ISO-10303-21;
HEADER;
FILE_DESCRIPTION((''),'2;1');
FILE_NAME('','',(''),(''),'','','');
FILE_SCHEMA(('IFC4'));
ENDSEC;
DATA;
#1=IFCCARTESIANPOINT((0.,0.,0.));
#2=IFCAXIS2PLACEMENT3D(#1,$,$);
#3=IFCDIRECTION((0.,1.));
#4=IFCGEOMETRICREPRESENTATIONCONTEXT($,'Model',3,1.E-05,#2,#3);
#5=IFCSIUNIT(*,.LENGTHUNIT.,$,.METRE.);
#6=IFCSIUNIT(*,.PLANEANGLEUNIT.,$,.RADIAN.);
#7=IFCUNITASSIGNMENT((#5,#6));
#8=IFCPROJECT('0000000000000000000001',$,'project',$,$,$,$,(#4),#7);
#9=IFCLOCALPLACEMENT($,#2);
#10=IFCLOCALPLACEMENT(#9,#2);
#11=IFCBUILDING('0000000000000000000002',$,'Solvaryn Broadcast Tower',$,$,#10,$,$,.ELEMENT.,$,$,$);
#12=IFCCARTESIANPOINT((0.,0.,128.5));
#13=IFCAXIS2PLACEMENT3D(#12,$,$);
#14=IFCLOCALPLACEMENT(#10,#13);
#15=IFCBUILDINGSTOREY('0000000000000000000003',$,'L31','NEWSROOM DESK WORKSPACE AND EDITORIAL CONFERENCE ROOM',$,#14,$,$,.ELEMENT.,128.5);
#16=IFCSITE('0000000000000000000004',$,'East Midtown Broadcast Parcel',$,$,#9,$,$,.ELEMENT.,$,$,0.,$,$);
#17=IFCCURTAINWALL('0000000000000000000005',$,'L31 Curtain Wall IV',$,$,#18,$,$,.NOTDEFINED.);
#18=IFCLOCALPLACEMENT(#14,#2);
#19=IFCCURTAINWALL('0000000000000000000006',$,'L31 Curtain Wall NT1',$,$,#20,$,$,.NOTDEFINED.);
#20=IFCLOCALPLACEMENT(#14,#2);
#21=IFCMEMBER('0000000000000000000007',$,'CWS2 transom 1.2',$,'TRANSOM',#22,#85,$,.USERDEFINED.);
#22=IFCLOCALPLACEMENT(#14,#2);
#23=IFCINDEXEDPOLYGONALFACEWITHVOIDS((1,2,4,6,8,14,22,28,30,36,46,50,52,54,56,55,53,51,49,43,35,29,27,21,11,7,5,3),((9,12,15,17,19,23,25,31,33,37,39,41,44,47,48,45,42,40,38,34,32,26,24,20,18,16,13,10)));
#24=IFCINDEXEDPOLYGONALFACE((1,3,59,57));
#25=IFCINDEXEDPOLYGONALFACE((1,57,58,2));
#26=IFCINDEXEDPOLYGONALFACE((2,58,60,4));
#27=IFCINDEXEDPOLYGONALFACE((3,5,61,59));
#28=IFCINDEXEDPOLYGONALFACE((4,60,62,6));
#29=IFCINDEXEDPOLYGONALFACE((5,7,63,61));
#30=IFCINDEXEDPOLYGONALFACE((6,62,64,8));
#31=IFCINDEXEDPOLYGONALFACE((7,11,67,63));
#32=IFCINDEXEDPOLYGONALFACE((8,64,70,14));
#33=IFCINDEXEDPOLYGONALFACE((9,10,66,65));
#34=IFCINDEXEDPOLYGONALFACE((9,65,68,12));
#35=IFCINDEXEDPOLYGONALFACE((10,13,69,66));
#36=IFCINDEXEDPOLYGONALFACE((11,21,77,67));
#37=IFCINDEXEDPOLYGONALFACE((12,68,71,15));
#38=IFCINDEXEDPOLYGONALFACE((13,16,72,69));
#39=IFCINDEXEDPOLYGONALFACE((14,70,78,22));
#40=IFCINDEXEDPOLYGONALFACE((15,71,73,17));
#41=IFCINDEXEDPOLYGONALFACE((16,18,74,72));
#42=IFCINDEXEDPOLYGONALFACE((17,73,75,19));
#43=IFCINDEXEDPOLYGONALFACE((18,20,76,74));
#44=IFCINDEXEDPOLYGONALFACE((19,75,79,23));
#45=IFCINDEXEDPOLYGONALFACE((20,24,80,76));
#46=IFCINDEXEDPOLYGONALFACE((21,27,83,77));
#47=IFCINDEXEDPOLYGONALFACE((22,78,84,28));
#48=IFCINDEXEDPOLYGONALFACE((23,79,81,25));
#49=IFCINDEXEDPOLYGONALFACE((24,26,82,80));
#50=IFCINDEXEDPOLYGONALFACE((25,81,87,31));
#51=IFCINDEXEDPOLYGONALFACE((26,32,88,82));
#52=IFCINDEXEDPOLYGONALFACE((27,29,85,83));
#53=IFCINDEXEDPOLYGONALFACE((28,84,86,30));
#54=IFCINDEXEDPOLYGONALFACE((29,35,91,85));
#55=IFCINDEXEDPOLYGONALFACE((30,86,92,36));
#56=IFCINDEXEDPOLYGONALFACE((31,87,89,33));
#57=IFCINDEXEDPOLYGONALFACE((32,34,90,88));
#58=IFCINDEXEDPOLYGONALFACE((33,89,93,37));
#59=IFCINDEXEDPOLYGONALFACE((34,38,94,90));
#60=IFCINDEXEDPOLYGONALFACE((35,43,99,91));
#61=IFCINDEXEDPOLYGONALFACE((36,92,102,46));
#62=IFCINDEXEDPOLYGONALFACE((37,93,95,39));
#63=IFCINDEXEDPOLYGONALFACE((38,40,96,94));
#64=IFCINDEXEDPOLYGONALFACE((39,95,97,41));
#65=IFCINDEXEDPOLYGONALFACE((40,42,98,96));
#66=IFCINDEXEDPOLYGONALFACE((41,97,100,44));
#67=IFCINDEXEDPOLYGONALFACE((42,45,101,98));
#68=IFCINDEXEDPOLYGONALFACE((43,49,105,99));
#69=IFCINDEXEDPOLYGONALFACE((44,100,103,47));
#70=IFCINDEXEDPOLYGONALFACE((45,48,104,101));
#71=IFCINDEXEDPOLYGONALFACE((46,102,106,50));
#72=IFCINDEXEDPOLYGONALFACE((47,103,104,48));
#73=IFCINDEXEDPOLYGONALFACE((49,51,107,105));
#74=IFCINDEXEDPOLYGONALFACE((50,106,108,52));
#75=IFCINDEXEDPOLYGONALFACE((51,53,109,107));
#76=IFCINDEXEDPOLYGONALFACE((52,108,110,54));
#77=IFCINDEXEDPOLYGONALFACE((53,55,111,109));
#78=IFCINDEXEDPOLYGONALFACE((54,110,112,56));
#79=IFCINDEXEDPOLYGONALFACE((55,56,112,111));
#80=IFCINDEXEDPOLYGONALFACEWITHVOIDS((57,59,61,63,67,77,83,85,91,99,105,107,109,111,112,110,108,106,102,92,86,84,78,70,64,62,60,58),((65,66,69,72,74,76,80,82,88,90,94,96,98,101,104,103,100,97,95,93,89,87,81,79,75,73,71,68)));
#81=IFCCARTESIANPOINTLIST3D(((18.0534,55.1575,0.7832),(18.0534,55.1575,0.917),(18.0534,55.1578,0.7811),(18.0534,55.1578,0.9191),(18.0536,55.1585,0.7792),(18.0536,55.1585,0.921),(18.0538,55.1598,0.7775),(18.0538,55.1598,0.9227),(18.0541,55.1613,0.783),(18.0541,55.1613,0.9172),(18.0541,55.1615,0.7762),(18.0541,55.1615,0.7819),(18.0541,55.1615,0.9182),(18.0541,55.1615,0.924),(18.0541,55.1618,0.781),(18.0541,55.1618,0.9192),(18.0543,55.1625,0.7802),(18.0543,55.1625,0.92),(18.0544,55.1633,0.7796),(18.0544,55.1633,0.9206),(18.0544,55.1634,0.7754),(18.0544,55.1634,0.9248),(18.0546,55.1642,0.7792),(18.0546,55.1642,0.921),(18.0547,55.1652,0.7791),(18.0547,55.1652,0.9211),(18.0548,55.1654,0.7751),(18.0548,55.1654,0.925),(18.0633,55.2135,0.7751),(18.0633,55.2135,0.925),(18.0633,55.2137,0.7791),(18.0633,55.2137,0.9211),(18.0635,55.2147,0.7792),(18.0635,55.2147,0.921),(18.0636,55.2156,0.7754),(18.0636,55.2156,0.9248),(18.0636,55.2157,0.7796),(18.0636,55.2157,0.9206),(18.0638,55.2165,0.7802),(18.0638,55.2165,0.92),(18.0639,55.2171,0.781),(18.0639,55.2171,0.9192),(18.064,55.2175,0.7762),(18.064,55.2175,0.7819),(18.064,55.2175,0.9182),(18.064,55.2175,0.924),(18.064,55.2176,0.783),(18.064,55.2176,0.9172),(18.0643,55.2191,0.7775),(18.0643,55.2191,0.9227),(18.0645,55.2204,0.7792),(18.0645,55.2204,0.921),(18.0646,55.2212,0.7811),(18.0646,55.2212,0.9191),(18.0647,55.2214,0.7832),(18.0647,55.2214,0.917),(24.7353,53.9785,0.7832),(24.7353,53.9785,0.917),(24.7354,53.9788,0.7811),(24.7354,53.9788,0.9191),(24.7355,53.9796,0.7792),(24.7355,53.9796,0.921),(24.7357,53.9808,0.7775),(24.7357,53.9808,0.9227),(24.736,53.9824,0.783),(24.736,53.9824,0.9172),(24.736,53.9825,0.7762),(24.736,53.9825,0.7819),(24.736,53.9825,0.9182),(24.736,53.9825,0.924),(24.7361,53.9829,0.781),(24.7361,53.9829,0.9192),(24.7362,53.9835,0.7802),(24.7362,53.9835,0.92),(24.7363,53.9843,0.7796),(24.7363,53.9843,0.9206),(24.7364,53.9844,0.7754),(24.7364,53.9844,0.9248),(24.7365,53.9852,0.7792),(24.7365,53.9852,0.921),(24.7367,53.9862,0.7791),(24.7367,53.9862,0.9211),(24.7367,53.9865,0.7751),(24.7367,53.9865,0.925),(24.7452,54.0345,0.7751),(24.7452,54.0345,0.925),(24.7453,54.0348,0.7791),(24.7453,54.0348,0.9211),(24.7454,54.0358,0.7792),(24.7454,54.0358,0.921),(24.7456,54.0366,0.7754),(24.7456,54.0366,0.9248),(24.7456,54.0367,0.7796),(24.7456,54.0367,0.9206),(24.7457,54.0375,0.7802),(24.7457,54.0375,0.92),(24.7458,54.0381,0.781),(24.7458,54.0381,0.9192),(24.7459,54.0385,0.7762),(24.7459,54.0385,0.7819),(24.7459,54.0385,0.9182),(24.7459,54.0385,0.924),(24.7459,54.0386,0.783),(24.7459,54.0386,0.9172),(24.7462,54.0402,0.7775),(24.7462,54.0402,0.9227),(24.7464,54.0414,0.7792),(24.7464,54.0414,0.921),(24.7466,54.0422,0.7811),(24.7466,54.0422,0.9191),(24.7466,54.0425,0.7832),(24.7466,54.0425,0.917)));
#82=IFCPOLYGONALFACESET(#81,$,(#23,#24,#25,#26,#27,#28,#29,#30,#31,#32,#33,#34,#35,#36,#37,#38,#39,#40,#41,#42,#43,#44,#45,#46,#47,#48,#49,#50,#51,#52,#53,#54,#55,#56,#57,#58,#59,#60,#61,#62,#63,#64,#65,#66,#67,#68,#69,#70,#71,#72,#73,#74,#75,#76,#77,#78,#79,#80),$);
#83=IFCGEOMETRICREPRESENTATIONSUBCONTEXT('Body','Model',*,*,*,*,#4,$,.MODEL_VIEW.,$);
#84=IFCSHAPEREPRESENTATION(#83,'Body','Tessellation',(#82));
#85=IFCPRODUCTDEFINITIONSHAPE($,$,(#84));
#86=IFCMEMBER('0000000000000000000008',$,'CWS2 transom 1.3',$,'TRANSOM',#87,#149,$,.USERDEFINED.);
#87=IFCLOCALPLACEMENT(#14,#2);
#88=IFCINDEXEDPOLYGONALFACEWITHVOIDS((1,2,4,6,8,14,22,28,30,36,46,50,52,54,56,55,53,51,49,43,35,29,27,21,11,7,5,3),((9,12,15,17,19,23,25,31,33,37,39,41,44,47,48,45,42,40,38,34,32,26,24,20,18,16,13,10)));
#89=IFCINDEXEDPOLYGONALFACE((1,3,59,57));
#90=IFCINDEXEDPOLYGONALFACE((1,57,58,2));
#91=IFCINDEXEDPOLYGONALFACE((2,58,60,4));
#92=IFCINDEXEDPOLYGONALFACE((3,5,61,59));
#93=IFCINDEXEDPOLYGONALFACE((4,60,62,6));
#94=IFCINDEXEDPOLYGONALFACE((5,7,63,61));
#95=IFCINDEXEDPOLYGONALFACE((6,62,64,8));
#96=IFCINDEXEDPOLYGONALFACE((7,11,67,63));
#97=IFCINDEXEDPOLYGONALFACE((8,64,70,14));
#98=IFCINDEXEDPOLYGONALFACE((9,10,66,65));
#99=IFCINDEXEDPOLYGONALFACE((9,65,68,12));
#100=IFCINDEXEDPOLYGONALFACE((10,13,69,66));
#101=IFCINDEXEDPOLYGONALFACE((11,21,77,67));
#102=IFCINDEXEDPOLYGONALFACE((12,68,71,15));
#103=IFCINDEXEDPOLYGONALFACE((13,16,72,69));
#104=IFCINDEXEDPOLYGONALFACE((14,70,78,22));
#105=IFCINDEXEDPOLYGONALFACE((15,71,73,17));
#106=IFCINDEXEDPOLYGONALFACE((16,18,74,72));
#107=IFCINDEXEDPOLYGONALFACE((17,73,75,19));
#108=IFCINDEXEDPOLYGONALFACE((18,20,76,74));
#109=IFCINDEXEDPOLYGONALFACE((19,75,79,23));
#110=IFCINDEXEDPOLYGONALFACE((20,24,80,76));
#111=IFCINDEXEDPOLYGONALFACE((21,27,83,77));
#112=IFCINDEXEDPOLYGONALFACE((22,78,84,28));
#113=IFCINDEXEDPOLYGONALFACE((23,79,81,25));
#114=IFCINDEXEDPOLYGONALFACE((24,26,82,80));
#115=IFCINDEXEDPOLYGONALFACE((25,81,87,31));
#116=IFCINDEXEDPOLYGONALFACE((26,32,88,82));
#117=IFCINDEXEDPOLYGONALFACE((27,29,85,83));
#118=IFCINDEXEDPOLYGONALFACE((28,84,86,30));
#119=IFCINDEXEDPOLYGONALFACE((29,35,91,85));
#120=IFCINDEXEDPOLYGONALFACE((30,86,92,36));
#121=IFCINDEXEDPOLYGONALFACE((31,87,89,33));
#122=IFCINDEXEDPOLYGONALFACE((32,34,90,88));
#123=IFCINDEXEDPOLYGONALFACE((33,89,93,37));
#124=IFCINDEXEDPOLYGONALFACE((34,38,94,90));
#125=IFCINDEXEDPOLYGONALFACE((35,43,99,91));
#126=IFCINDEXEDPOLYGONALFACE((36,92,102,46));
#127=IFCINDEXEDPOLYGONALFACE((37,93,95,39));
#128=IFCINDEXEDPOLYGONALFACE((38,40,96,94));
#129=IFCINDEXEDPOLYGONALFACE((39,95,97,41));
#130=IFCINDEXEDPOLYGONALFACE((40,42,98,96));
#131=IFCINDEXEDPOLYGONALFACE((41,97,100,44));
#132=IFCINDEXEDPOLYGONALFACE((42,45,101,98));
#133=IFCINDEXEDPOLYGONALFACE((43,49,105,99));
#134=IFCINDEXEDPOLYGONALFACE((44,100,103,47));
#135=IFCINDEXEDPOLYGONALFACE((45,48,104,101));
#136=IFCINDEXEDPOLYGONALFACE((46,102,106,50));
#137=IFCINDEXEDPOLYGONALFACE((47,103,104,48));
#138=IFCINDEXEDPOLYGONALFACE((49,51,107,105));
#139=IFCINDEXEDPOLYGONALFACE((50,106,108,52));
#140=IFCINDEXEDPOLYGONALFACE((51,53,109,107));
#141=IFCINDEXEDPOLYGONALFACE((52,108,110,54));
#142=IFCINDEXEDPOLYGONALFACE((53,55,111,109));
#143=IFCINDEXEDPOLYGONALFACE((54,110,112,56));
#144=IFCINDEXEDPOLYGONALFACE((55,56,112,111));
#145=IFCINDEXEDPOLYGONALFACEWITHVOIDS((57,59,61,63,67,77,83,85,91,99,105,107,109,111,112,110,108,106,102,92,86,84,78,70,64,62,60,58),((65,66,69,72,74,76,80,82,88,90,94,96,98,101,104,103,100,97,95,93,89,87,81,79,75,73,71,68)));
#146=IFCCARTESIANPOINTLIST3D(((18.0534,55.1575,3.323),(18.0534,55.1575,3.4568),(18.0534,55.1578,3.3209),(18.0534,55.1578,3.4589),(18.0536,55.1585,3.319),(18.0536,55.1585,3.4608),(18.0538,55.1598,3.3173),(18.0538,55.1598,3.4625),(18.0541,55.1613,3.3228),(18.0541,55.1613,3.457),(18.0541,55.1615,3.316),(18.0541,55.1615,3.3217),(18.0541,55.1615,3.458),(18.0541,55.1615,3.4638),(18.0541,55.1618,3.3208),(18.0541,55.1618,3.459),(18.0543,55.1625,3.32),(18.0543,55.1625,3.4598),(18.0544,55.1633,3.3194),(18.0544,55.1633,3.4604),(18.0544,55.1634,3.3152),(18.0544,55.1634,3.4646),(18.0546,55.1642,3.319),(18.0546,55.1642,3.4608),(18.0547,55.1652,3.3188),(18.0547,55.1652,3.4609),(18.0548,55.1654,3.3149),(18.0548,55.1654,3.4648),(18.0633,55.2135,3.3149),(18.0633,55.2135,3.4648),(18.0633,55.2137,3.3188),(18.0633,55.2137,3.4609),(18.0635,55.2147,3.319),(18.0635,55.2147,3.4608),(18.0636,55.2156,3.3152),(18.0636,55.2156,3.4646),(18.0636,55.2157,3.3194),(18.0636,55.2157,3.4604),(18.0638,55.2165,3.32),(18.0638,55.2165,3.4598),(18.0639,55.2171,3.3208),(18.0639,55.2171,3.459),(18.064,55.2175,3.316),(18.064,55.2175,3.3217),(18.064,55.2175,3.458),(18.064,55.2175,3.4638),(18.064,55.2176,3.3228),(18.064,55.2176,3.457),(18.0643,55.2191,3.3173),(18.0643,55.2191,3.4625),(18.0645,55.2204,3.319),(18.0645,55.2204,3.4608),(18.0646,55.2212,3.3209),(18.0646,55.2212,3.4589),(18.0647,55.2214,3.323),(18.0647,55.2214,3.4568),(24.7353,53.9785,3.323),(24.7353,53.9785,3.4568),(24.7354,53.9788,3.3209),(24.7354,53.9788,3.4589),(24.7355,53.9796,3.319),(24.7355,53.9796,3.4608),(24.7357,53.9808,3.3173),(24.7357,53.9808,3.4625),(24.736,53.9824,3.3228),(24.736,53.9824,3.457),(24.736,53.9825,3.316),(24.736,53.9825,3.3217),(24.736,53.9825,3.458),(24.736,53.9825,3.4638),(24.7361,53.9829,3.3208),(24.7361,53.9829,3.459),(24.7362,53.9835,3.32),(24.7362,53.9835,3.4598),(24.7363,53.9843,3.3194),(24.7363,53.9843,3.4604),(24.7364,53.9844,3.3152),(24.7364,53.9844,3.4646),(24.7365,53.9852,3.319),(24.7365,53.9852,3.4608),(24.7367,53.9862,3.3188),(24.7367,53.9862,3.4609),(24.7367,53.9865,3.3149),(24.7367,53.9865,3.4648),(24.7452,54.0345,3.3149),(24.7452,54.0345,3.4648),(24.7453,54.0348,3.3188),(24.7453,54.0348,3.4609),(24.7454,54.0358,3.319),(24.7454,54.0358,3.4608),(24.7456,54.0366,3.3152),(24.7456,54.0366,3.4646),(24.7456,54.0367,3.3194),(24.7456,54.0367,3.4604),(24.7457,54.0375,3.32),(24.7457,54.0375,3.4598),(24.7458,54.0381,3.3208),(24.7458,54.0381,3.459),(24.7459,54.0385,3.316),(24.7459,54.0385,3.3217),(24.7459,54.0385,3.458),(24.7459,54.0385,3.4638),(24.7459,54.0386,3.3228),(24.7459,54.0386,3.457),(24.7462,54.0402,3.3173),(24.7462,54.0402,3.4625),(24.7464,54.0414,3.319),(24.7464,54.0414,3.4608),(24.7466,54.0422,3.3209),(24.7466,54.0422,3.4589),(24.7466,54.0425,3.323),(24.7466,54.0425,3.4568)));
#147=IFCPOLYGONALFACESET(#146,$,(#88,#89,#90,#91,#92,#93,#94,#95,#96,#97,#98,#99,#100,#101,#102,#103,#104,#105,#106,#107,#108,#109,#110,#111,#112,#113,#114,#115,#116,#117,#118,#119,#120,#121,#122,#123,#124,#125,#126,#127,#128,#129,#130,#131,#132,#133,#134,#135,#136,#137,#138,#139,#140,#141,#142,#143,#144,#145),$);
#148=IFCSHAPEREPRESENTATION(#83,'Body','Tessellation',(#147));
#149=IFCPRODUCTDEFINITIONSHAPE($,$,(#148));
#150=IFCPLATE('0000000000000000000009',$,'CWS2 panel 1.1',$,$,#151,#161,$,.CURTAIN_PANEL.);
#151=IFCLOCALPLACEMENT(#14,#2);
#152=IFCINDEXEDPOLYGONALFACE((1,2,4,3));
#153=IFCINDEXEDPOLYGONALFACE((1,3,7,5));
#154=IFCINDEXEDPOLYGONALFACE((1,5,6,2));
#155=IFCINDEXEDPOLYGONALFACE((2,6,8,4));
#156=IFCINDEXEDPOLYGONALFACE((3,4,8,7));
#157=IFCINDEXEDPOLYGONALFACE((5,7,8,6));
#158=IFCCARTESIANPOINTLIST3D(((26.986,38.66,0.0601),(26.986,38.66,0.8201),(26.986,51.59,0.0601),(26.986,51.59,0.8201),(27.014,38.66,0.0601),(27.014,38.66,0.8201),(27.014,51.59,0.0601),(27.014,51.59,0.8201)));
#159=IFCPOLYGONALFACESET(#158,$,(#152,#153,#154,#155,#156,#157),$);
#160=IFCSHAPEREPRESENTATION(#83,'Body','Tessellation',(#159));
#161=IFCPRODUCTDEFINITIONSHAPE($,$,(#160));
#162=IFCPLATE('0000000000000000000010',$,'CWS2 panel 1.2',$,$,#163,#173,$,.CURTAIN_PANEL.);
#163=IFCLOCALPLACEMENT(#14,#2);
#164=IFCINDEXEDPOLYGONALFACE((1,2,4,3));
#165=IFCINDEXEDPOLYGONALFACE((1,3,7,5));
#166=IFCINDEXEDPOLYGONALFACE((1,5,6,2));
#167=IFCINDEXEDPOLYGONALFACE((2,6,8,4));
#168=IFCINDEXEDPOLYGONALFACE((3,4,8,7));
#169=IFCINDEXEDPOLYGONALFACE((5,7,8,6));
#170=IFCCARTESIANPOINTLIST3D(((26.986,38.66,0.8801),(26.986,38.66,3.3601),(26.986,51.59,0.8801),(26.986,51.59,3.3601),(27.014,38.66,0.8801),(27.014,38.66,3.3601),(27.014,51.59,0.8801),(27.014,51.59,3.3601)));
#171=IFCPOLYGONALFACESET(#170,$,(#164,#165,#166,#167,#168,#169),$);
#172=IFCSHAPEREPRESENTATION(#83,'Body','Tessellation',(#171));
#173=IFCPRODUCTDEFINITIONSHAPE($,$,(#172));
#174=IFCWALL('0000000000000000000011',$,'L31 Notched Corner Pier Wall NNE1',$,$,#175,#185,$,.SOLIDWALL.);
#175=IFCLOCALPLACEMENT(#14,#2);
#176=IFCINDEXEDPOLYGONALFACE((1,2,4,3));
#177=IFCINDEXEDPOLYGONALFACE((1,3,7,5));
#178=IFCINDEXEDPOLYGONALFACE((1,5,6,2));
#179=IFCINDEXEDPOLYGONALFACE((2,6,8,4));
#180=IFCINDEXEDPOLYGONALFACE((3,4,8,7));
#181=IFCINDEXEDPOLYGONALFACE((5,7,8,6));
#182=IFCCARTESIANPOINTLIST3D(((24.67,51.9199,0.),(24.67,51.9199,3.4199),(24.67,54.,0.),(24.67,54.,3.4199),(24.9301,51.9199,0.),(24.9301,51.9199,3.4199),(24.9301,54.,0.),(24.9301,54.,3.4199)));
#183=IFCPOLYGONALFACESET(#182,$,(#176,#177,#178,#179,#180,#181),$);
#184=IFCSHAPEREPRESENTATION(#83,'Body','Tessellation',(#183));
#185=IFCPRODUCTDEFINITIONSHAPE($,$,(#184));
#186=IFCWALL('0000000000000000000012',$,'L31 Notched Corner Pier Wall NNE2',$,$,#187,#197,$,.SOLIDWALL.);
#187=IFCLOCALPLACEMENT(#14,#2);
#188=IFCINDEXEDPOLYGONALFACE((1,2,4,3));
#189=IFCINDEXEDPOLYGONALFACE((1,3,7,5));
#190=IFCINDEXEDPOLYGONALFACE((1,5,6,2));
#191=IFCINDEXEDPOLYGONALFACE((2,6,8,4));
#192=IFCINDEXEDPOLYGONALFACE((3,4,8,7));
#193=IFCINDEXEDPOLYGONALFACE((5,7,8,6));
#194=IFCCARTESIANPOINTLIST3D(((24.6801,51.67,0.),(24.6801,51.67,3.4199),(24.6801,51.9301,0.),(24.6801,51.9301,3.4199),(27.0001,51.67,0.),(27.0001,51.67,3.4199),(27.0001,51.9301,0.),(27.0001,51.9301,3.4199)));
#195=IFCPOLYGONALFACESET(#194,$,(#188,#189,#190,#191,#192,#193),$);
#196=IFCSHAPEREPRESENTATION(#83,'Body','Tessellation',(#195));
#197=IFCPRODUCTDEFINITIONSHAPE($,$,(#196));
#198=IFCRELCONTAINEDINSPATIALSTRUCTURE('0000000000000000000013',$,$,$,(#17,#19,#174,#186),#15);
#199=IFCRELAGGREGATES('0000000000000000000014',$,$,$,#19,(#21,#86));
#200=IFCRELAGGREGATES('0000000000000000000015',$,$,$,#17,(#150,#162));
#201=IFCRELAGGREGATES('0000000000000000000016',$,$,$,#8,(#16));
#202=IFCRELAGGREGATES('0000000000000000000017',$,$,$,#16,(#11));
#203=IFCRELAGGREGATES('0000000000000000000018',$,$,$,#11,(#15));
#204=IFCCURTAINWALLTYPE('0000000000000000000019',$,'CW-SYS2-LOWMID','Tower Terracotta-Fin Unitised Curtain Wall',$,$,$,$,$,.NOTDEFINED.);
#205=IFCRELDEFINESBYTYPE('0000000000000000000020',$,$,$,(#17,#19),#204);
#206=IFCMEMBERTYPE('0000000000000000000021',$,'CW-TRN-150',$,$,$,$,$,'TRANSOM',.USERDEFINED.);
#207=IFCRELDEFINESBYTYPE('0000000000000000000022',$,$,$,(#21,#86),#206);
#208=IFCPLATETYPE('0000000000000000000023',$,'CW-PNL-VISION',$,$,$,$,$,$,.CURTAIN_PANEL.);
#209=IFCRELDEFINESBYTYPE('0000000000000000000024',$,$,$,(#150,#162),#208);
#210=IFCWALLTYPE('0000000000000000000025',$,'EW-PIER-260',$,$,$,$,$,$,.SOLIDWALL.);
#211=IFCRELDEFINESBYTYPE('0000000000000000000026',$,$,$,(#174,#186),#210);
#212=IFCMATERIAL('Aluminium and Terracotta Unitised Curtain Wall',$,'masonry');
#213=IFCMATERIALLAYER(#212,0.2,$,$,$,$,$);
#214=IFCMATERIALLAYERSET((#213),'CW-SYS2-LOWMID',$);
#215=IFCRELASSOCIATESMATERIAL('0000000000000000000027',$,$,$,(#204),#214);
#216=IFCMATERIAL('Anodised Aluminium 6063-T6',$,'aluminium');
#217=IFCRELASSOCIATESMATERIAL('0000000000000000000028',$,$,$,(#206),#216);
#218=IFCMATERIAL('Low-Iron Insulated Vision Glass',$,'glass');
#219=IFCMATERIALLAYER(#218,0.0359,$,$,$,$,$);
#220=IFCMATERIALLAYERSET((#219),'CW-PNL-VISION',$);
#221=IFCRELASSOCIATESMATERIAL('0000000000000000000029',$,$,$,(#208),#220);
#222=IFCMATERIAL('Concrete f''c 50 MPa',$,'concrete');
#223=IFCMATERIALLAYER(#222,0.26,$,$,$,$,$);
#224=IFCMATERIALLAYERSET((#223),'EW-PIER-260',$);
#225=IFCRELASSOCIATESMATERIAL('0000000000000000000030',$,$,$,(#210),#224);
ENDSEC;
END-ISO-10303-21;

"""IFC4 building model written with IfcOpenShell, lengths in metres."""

from ifc_helpers import new_model, si_unit, direction, frame, frame_2d, origin, origin_2d, place, context, subcontext, project, spatial, rectangle, hollow_rectangle, extrude, material, layer, layer_set, material_profile, profile_set, type_object, element, aggregate, save


model = new_model("IFC4")

# Units and contexts
model_context = context("Model", 3, precision=1e-05, world=origin(), true_north=direction((0.0, 1.0)))
body_context = subcontext(model_context, "Body", "Model", "MODEL_VIEW")
ifc_project = project(units=[si_unit("LENGTHUNIT", "METRE"), si_unit("PLANEANGLEUNIT", "RADIAN")], contexts=[model_context])

# Site, building, storey
site_placement = place(None, origin())
site = spatial("IfcSite", under=ifc_project, at=site_placement, Name="East Midtown Broadcast Parcel", CompositionType="ELEMENT", RefElevation=0.0)
building_placement = place(site_placement, origin())
building = spatial("IfcBuilding", under=site, at=building_placement, Name="Solvaryn Broadcast Tower", CompositionType="ELEMENT")
storey_placement = place(building_placement, frame((0.0, 0.0, 128.5)))
storey = spatial("IfcBuildingStorey", under=building, at=storey_placement, Name="L31", Description="NEWSROOM DESK WORKSPACE AND EDITORIAL CONFERENCE ROOM", CompositionType="ELEMENT", Elevation=128.5)

# Curtain wall
ifc_material_1 = material(Name="Aluminium and Terracotta Unitised Curtain Wall", Category="masonry")
ifc_layer_1 = layer(ifc_material_1, 0.2)
ifc_layer_set_1 = layer_set([ifc_layer_1], Name="CW-SYS2-LOWMID")
curtain_wall_type = type_object("IfcCurtainWallType", Name="CW-SYS2-LOWMID", Description="Tower Terracotta-Fin Unitised Curtain Wall", PredefinedType="NOTDEFINED", material=ifc_layer_set_1)
curtain_wall_1_placement = place(storey_placement, origin())
curtain_wall_1 = element("IfcCurtainWall", 1, at=curtain_wall_1_placement, inside=storey, type_object=curtain_wall_type, Name="L31 Curtain Wall IV", PredefinedType="NOTDEFINED")

# Curtain wall
curtain_wall_2_placement = place(storey_placement, origin())
curtain_wall_2 = element("IfcCurtainWall", 2, at=curtain_wall_2_placement, inside=storey, type_object=curtain_wall_type, Name="L31 Curtain Wall NT1", PredefinedType="NOTDEFINED")

# Members
ifc_material_2 = material(Name="Anodised Aluminium 6063-T6", Category="aluminium")
ifc_material_profile_1 = material_profile(ifc_material_2, hollow_rectangle(XDim=0.0649, YDim=0.1499, WallThickness=0.0039, InnerFilletRadius=0.0039, OuterFilletRadius=0.0081, at=origin_2d()))
ifc_profile_set_1 = profile_set([ifc_material_profile_1], Name="Anodised Aluminium 6063-T6")
member_type_1 = type_object("IfcMemberType", Name="CW-TRN-150", ElementType="TRANSOM", PredefinedType="USERDEFINED", material=ifc_profile_set_1)
member_1_placement = place(storey_placement, frame((24.741, 54.0105, 0.8501), z_axis=(-0.984789, 0.173757, 0.0), x_axis=(-0.173757, -0.984789, 0.0)))
member_1 = element("IfcMember", 3, at=member_1_placement, type_object=member_type_1, Name="CWS2 transom 1.2", ObjectType="TRANSOM", PredefinedType="USERDEFINED", context=body_context, shape_type="SweptSolid", body=[
    extrude(hollow_rectangle(XDim=0.0649, YDim=0.1499, WallThickness=0.0039, InnerFilletRadius=0.0039, OuterFilletRadius=0.0081, at=origin_2d()), origin(), (0.0, 0.0, 1.0), 6.7852),
])
member_2_placement = place(storey_placement, frame((24.741, 54.0105, 3.3899), z_axis=(-0.984789, 0.173757, 0.0), x_axis=(-0.173757, -0.984789, 0.0)))
member_2 = element("IfcMember", 4, at=member_2_placement, type_object=member_type_1, Name="CWS2 transom 1.3", ObjectType="TRANSOM", PredefinedType="USERDEFINED", context=body_context, shape_type="SweptSolid", body=[
    extrude(hollow_rectangle(XDim=0.0649, YDim=0.1499, WallThickness=0.0039, InnerFilletRadius=0.0039, OuterFilletRadius=0.0081, at=origin_2d()), origin(), (0.0, 0.0, 1.0), 6.7852),
])
aggregate(curtain_wall_2, [member_1, member_2])

# Plates
ifc_material_3 = material(Name="Low-Iron Insulated Vision Glass", Category="glass")
ifc_layer_2 = layer(ifc_material_3, 0.0359)
ifc_layer_set_2 = layer_set([ifc_layer_2], Name="CW-PNL-VISION")
plate_type = type_object("IfcPlateType", Name="CW-PNL-VISION", PredefinedType="CURTAIN_PANEL", material=ifc_layer_set_2)
plate_1_placement = place(storey_placement, frame((27.0, 45.125, 0.0601), z_axis=(0.0, 0.0, 1.0), x_axis=(0.0, -1.0, 0.0)))
plate_1 = element("IfcPlate", 5, at=plate_1_placement, type_object=plate_type, Name="CWS2 panel 1.1", PredefinedType="CURTAIN_PANEL", context=body_context, shape_type="SweptSolid", body=[
    extrude(rectangle(XDim=12.9299, YDim=0.0281, at=origin_2d()), origin(), (0.0, 0.0, 1.0), 0.76),
])
plate_2_placement = place(storey_placement, frame((27.0, 45.125, 0.8801), z_axis=(0.0, 0.0, 1.0), x_axis=(0.0, -1.0, 0.0)))
plate_2 = element("IfcPlate", 6, at=plate_2_placement, type_object=plate_type, Name="CWS2 panel 1.2", PredefinedType="CURTAIN_PANEL", context=body_context, shape_type="SweptSolid", body=[
    extrude(rectangle(XDim=12.9299, YDim=0.0281, at=origin_2d()), origin(), (0.0, 0.0, 1.0), 2.48),
])
aggregate(curtain_wall_1, [plate_1, plate_2])

# Walls
ifc_material_4 = material(Name="Concrete f'c 50 MPa", Category="concrete")
ifc_layer_3 = layer(ifc_material_4, 0.26)
ifc_layer_set_3 = layer_set([ifc_layer_3], Name="EW-PIER-260")
wall_type_1 = type_object("IfcWallType", Name="EW-PIER-260", PredefinedType="SOLIDWALL", material=ifc_layer_set_3)
wall_1_placement = place(storey_placement, frame((24.8, 54.0, 0.0), z_axis=(0.0, 0.0, 1.0), x_axis=(0.0, -1.0, 0.0)))
element("IfcWall", 7, at=wall_1_placement, inside=storey, type_object=wall_type_1, Name="L31 Notched Corner Pier Wall NNE1", PredefinedType="SOLIDWALL", context=body_context, shape_type="SweptSolid", body=[
    extrude(rectangle(XDim=2.0801, YDim=0.26, at=frame_2d((1.04, 0.0))), origin(), (0.0, 0.0, 1.0), 3.4199),
])
wall_2_placement = place(storey_placement, frame((24.6799, 51.8, 0.0), z_axis=(0.0, 0.0, 1.0), x_axis=(1.0, 0.0, 0.0)))
element("IfcWall", 8, at=wall_2_placement, inside=storey, type_object=wall_type_1, Name="L31 Notched Corner Pier Wall NNE2", PredefinedType="SOLIDWALL", context=body_context, shape_type="SweptSolid", body=[
    extrude(rectangle(XDim=2.3201, YDim=0.26, at=frame_2d((1.1602, 0.0))), origin(), (0.0, 0.0, 1.0), 3.4199),
])

save(model, "model.ifc")
